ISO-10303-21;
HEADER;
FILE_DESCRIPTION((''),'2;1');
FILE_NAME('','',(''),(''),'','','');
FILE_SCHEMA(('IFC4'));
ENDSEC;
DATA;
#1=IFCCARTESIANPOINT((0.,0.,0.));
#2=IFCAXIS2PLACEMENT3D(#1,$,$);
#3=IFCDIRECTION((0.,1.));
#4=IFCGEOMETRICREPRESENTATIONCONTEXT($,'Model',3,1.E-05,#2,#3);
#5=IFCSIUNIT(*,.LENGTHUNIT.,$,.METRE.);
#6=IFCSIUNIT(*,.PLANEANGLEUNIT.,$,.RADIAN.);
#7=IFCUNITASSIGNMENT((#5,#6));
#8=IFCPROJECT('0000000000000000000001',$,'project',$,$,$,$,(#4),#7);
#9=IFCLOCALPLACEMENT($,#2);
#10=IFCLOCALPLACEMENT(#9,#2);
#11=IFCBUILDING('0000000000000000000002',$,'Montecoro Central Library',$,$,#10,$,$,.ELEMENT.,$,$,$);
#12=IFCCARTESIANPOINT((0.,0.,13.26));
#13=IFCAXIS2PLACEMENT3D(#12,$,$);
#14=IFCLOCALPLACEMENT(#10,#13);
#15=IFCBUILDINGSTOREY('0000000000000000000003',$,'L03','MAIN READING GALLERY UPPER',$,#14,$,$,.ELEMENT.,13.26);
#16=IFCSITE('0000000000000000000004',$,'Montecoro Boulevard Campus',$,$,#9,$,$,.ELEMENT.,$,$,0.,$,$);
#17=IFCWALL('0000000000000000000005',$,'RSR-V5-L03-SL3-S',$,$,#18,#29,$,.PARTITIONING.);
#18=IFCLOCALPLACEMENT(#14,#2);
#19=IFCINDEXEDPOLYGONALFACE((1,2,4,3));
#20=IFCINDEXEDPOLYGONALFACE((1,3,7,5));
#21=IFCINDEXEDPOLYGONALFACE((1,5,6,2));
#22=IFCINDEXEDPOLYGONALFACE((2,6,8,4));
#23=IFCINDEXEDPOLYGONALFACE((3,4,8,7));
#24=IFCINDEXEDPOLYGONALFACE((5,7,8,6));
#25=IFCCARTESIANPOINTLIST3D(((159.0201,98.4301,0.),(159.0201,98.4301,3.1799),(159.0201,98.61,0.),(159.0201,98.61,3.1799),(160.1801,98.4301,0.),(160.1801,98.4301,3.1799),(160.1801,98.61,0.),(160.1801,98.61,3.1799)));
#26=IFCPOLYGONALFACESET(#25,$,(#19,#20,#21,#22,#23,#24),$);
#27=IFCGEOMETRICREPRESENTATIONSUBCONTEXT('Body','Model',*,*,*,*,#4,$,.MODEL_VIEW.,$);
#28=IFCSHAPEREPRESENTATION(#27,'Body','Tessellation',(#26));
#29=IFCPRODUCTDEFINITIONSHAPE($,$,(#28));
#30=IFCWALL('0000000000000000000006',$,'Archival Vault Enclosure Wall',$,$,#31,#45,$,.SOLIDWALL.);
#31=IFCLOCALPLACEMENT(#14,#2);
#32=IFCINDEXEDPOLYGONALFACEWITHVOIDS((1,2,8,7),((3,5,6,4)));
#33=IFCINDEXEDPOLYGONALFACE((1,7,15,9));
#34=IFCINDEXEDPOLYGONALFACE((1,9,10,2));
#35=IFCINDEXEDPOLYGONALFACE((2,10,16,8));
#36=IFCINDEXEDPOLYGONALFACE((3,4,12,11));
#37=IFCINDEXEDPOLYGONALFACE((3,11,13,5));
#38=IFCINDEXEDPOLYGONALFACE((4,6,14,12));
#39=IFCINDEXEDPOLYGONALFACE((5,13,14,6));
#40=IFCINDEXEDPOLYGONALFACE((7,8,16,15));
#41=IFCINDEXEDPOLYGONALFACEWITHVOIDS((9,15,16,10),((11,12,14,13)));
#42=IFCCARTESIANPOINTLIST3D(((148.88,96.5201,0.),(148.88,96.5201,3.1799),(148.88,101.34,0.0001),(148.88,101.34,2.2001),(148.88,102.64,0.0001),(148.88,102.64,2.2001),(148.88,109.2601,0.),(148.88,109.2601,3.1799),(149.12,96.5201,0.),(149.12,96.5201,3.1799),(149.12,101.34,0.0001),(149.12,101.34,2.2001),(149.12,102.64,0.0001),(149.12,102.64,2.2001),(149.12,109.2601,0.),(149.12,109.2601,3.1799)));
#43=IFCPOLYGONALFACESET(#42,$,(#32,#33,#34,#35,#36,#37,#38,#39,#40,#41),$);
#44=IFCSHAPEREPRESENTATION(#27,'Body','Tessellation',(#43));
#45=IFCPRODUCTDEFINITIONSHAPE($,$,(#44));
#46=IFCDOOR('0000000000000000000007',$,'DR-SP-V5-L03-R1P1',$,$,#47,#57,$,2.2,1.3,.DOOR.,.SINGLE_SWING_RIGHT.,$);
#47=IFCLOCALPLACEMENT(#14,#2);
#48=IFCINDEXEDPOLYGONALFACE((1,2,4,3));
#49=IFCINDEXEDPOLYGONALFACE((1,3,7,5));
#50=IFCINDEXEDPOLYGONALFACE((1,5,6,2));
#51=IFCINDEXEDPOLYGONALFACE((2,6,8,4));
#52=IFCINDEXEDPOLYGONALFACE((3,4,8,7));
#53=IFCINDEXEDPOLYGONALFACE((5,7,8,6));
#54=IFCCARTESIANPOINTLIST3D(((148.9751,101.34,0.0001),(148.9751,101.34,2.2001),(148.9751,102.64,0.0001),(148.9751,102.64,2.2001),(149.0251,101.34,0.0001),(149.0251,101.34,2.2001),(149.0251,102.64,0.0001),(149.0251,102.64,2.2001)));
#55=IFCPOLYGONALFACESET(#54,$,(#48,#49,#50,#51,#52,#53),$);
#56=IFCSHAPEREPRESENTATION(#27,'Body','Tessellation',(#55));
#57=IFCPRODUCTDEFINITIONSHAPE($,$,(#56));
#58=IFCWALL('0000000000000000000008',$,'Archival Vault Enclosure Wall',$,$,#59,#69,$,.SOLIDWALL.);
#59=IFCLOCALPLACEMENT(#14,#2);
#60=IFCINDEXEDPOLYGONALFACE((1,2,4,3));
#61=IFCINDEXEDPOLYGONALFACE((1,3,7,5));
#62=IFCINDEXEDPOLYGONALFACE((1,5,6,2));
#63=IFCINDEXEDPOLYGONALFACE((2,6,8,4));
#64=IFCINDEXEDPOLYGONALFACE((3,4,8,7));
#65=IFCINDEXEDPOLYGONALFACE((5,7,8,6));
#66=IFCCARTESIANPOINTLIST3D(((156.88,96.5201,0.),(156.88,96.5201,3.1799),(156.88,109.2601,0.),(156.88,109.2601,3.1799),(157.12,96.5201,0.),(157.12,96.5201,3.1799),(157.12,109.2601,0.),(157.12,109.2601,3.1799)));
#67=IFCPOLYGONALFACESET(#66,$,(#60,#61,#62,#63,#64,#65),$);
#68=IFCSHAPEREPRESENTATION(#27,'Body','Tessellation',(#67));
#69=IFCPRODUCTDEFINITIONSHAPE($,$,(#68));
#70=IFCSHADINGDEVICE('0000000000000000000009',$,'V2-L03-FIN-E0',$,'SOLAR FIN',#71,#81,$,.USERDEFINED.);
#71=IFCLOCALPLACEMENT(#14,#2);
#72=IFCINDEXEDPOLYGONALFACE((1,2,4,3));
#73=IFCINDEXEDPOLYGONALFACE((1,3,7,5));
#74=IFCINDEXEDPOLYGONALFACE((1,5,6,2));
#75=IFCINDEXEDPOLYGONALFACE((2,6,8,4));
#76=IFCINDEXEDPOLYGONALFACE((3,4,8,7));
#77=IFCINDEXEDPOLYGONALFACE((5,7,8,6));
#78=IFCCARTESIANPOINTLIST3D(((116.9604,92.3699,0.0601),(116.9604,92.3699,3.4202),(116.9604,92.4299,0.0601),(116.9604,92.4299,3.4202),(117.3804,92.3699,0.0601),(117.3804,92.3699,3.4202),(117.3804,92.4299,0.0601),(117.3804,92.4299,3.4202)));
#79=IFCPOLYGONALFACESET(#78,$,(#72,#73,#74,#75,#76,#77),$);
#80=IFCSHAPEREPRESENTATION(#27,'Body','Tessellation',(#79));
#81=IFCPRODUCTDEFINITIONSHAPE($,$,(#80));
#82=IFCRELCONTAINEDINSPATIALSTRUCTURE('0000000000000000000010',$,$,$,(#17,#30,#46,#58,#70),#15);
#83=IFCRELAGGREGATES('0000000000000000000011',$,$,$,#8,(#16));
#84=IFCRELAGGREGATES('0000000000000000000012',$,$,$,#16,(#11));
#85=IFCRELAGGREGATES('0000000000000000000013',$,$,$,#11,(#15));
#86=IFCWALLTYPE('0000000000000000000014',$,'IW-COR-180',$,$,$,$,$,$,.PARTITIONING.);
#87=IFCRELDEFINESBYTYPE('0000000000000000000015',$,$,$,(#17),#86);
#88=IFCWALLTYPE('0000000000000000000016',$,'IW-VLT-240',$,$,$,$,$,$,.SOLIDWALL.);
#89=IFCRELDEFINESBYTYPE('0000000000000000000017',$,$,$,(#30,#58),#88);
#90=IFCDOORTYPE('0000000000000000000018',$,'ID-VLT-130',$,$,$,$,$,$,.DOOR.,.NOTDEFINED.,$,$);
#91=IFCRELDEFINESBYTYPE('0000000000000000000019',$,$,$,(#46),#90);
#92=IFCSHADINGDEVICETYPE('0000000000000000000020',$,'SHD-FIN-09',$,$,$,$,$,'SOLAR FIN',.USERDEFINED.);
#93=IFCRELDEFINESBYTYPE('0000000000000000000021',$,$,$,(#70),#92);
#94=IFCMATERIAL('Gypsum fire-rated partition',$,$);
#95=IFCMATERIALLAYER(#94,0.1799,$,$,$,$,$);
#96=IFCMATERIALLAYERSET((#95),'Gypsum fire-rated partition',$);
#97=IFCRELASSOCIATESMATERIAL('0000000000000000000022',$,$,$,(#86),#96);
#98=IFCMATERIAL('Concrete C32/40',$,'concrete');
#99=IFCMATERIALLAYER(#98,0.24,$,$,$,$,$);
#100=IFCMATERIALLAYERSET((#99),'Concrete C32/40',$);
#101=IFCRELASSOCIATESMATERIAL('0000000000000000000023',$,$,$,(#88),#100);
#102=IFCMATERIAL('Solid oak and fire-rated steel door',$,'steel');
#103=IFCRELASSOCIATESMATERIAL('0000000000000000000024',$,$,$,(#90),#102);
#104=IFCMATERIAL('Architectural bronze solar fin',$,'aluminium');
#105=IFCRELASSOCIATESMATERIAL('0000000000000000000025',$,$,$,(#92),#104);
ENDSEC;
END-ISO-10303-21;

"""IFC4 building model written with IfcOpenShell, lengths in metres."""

from ifc_helpers import new_model, si_unit, direction, frame, frame_2d, origin, origin_2d, place, context, subcontext, project, spatial, rectangle, extrude, material, layer, layer_set, type_object, element, fill, save


model = new_model("IFC4")

# Units and contexts
model_context = context("Model", 3, precision=1e-05, world=origin(), true_north=direction((0.0, 1.0)))
body_context = subcontext(model_context, "Body", "Model", "MODEL_VIEW")
ifc_project = project(units=[si_unit("LENGTHUNIT", "METRE"), si_unit("PLANEANGLEUNIT", "RADIAN")], contexts=[model_context])

# Site, building, storey
site_placement = place(None, origin())
site = spatial("IfcSite", under=ifc_project, at=site_placement, Name="Montecoro Boulevard Campus", CompositionType="ELEMENT", RefElevation=0.0)
building_placement = place(site_placement, origin())
building = spatial("IfcBuilding", under=site, at=building_placement, Name="Montecoro Central Library", CompositionType="ELEMENT")
storey_placement = place(building_placement, frame((0.0, 0.0, 13.26)))
storey = spatial("IfcBuildingStorey", under=building, at=storey_placement, Name="L03", Description="MAIN READING GALLERY UPPER", CompositionType="ELEMENT", Elevation=13.26)

# Wall
ifc_material_1 = material(Name="Gypsum fire-rated partition")
ifc_layer_1 = layer(ifc_material_1, 0.1799)
ifc_layer_set_1 = layer_set([ifc_layer_1], Name="Gypsum fire-rated partition")
wall_type_1 = type_object("IfcWallType", Name="IW-COR-180", PredefinedType="PARTITIONING", material=ifc_layer_set_1)
wall_1_placement = place(storey_placement, frame((159.02, 98.52, 0.0), z_axis=(0.0, 0.0, 1.0), x_axis=(1.0, 0.0, 0.0)))
element("IfcWall", 1, at=wall_1_placement, inside=storey, type_object=wall_type_1, Name="RSR-V5-L03-SL3-S", PredefinedType="PARTITIONING", context=body_context, shape_type="SweptSolid", body=[
    extrude(rectangle(XDim=1.1599, YDim=0.1799, at=frame_2d((0.5801, 0.0))), origin(), (0.0, 0.0, 1.0), 3.1799),
])

# Wall, opening, door
ifc_material_2 = material(Name="Concrete C32/40", Category="concrete")
ifc_layer_2 = layer(ifc_material_2, 0.24)
ifc_layer_set_2 = layer_set([ifc_layer_2], Name="Concrete C32/40")
wall_type_2 = type_object("IfcWallType", Name="IW-VLT-240", PredefinedType="SOLIDWALL", material=ifc_layer_set_2)
wall_2_placement = place(storey_placement, frame((149.0, 96.52, 0.0), z_axis=(0.0, 0.0, 1.0), x_axis=(0.0, 1.0, 0.0)))
wall_2 = element("IfcWall", 2, at=wall_2_placement, inside=storey, type_object=wall_type_2, Name="Archival Vault Enclosure Wall", PredefinedType="SOLIDWALL", context=body_context, shape_type="SweptSolid", body=[
    extrude(rectangle(XDim=12.74, YDim=0.24, at=frame_2d((6.3701, 0.0))), origin(), (0.0, 0.0, 1.0), 3.1799),
])
opening_1_placement = place(wall_2_placement, frame((4.8201, 0.0, 0.0)))
opening_1 = element("IfcOpeningElement", 3, at=opening_1_placement, cuts=wall_2, PredefinedType="OPENING", context=body_context, shape_type="SweptSolid", body=[
    extrude(rectangle(XDim=1.3, YDim=2.2, at=frame_2d((0.6499, 1.1001))), frame((0.0, 0.1299, 0.0), z_axis=(0.0, -1.0, 0.0), x_axis=(1.0, 0.0, 0.0)), (0.0, 0.0, 1.0), 0.26),
])
ifc_material_3 = material(Name="Solid oak and fire-rated steel door", Category="steel")
door_type_1 = type_object("IfcDoorType", Name="ID-VLT-130", OperationType="NOTDEFINED", PredefinedType="DOOR", material=ifc_material_3)
door_1_placement = place(opening_1_placement, origin())
door_1 = element("IfcDoor", 4, at=door_1_placement, inside=storey, type_object=door_type_1, Name="DR-SP-V5-L03-R1P1", OperationType="SINGLE_SWING_RIGHT", OverallHeight=2.2, OverallWidth=1.3, PredefinedType="DOOR", context=body_context, shape_type="SweptSolid", body=[
    extrude(rectangle(XDim=1.3, YDim=2.2, at=frame_2d((0.6499, 1.1001))), frame((0.0, 0.0249, 0.0), z_axis=(0.0, -1.0, 0.0), x_axis=(1.0, 0.0, 0.0)), (0.0, 0.0, 1.0), 0.05),
])
fill(opening_1, door_1)

# Wall
wall_3_placement = place(storey_placement, frame((157.0, 96.52, 0.0), z_axis=(0.0, 0.0, 1.0), x_axis=(0.0, 1.0, 0.0)))
element("IfcWall", 5, at=wall_3_placement, inside=storey, type_object=wall_type_2, Name="Archival Vault Enclosure Wall", PredefinedType="SOLIDWALL", context=body_context, shape_type="SweptSolid", body=[
    extrude(rectangle(XDim=12.74, YDim=0.24, at=frame_2d((6.3701, 0.0))), origin(), (0.0, 0.0, 1.0), 3.1799),
])

# Shading device
ifc_material_4 = material(Name="Architectural bronze solar fin", Category="aluminium")
shading_device_type = type_object("IfcShadingDeviceType", Name="SHD-FIN-09", ElementType="SOLAR FIN", PredefinedType="USERDEFINED", material=ifc_material_4)
shading_device_placement = place(storey_placement, frame((117.1704, 92.3999, 0.0601), z_axis=(0.0, 0.0, 1.0), x_axis=(0.0, 1.0, 0.0)))
element("IfcShadingDevice", 6, at=shading_device_placement, inside=storey, type_object=shading_device_type, Name="V2-L03-FIN-E0", ObjectType="SOLAR FIN", PredefinedType="USERDEFINED", context=body_context, shape_type="SweptSolid", body=[
    extrude(rectangle(XDim=0.0601, YDim=0.4199, at=origin_2d()), origin(), (0.0, 0.0, 1.0), 3.3601),
])

save(model, "model.ifc")
